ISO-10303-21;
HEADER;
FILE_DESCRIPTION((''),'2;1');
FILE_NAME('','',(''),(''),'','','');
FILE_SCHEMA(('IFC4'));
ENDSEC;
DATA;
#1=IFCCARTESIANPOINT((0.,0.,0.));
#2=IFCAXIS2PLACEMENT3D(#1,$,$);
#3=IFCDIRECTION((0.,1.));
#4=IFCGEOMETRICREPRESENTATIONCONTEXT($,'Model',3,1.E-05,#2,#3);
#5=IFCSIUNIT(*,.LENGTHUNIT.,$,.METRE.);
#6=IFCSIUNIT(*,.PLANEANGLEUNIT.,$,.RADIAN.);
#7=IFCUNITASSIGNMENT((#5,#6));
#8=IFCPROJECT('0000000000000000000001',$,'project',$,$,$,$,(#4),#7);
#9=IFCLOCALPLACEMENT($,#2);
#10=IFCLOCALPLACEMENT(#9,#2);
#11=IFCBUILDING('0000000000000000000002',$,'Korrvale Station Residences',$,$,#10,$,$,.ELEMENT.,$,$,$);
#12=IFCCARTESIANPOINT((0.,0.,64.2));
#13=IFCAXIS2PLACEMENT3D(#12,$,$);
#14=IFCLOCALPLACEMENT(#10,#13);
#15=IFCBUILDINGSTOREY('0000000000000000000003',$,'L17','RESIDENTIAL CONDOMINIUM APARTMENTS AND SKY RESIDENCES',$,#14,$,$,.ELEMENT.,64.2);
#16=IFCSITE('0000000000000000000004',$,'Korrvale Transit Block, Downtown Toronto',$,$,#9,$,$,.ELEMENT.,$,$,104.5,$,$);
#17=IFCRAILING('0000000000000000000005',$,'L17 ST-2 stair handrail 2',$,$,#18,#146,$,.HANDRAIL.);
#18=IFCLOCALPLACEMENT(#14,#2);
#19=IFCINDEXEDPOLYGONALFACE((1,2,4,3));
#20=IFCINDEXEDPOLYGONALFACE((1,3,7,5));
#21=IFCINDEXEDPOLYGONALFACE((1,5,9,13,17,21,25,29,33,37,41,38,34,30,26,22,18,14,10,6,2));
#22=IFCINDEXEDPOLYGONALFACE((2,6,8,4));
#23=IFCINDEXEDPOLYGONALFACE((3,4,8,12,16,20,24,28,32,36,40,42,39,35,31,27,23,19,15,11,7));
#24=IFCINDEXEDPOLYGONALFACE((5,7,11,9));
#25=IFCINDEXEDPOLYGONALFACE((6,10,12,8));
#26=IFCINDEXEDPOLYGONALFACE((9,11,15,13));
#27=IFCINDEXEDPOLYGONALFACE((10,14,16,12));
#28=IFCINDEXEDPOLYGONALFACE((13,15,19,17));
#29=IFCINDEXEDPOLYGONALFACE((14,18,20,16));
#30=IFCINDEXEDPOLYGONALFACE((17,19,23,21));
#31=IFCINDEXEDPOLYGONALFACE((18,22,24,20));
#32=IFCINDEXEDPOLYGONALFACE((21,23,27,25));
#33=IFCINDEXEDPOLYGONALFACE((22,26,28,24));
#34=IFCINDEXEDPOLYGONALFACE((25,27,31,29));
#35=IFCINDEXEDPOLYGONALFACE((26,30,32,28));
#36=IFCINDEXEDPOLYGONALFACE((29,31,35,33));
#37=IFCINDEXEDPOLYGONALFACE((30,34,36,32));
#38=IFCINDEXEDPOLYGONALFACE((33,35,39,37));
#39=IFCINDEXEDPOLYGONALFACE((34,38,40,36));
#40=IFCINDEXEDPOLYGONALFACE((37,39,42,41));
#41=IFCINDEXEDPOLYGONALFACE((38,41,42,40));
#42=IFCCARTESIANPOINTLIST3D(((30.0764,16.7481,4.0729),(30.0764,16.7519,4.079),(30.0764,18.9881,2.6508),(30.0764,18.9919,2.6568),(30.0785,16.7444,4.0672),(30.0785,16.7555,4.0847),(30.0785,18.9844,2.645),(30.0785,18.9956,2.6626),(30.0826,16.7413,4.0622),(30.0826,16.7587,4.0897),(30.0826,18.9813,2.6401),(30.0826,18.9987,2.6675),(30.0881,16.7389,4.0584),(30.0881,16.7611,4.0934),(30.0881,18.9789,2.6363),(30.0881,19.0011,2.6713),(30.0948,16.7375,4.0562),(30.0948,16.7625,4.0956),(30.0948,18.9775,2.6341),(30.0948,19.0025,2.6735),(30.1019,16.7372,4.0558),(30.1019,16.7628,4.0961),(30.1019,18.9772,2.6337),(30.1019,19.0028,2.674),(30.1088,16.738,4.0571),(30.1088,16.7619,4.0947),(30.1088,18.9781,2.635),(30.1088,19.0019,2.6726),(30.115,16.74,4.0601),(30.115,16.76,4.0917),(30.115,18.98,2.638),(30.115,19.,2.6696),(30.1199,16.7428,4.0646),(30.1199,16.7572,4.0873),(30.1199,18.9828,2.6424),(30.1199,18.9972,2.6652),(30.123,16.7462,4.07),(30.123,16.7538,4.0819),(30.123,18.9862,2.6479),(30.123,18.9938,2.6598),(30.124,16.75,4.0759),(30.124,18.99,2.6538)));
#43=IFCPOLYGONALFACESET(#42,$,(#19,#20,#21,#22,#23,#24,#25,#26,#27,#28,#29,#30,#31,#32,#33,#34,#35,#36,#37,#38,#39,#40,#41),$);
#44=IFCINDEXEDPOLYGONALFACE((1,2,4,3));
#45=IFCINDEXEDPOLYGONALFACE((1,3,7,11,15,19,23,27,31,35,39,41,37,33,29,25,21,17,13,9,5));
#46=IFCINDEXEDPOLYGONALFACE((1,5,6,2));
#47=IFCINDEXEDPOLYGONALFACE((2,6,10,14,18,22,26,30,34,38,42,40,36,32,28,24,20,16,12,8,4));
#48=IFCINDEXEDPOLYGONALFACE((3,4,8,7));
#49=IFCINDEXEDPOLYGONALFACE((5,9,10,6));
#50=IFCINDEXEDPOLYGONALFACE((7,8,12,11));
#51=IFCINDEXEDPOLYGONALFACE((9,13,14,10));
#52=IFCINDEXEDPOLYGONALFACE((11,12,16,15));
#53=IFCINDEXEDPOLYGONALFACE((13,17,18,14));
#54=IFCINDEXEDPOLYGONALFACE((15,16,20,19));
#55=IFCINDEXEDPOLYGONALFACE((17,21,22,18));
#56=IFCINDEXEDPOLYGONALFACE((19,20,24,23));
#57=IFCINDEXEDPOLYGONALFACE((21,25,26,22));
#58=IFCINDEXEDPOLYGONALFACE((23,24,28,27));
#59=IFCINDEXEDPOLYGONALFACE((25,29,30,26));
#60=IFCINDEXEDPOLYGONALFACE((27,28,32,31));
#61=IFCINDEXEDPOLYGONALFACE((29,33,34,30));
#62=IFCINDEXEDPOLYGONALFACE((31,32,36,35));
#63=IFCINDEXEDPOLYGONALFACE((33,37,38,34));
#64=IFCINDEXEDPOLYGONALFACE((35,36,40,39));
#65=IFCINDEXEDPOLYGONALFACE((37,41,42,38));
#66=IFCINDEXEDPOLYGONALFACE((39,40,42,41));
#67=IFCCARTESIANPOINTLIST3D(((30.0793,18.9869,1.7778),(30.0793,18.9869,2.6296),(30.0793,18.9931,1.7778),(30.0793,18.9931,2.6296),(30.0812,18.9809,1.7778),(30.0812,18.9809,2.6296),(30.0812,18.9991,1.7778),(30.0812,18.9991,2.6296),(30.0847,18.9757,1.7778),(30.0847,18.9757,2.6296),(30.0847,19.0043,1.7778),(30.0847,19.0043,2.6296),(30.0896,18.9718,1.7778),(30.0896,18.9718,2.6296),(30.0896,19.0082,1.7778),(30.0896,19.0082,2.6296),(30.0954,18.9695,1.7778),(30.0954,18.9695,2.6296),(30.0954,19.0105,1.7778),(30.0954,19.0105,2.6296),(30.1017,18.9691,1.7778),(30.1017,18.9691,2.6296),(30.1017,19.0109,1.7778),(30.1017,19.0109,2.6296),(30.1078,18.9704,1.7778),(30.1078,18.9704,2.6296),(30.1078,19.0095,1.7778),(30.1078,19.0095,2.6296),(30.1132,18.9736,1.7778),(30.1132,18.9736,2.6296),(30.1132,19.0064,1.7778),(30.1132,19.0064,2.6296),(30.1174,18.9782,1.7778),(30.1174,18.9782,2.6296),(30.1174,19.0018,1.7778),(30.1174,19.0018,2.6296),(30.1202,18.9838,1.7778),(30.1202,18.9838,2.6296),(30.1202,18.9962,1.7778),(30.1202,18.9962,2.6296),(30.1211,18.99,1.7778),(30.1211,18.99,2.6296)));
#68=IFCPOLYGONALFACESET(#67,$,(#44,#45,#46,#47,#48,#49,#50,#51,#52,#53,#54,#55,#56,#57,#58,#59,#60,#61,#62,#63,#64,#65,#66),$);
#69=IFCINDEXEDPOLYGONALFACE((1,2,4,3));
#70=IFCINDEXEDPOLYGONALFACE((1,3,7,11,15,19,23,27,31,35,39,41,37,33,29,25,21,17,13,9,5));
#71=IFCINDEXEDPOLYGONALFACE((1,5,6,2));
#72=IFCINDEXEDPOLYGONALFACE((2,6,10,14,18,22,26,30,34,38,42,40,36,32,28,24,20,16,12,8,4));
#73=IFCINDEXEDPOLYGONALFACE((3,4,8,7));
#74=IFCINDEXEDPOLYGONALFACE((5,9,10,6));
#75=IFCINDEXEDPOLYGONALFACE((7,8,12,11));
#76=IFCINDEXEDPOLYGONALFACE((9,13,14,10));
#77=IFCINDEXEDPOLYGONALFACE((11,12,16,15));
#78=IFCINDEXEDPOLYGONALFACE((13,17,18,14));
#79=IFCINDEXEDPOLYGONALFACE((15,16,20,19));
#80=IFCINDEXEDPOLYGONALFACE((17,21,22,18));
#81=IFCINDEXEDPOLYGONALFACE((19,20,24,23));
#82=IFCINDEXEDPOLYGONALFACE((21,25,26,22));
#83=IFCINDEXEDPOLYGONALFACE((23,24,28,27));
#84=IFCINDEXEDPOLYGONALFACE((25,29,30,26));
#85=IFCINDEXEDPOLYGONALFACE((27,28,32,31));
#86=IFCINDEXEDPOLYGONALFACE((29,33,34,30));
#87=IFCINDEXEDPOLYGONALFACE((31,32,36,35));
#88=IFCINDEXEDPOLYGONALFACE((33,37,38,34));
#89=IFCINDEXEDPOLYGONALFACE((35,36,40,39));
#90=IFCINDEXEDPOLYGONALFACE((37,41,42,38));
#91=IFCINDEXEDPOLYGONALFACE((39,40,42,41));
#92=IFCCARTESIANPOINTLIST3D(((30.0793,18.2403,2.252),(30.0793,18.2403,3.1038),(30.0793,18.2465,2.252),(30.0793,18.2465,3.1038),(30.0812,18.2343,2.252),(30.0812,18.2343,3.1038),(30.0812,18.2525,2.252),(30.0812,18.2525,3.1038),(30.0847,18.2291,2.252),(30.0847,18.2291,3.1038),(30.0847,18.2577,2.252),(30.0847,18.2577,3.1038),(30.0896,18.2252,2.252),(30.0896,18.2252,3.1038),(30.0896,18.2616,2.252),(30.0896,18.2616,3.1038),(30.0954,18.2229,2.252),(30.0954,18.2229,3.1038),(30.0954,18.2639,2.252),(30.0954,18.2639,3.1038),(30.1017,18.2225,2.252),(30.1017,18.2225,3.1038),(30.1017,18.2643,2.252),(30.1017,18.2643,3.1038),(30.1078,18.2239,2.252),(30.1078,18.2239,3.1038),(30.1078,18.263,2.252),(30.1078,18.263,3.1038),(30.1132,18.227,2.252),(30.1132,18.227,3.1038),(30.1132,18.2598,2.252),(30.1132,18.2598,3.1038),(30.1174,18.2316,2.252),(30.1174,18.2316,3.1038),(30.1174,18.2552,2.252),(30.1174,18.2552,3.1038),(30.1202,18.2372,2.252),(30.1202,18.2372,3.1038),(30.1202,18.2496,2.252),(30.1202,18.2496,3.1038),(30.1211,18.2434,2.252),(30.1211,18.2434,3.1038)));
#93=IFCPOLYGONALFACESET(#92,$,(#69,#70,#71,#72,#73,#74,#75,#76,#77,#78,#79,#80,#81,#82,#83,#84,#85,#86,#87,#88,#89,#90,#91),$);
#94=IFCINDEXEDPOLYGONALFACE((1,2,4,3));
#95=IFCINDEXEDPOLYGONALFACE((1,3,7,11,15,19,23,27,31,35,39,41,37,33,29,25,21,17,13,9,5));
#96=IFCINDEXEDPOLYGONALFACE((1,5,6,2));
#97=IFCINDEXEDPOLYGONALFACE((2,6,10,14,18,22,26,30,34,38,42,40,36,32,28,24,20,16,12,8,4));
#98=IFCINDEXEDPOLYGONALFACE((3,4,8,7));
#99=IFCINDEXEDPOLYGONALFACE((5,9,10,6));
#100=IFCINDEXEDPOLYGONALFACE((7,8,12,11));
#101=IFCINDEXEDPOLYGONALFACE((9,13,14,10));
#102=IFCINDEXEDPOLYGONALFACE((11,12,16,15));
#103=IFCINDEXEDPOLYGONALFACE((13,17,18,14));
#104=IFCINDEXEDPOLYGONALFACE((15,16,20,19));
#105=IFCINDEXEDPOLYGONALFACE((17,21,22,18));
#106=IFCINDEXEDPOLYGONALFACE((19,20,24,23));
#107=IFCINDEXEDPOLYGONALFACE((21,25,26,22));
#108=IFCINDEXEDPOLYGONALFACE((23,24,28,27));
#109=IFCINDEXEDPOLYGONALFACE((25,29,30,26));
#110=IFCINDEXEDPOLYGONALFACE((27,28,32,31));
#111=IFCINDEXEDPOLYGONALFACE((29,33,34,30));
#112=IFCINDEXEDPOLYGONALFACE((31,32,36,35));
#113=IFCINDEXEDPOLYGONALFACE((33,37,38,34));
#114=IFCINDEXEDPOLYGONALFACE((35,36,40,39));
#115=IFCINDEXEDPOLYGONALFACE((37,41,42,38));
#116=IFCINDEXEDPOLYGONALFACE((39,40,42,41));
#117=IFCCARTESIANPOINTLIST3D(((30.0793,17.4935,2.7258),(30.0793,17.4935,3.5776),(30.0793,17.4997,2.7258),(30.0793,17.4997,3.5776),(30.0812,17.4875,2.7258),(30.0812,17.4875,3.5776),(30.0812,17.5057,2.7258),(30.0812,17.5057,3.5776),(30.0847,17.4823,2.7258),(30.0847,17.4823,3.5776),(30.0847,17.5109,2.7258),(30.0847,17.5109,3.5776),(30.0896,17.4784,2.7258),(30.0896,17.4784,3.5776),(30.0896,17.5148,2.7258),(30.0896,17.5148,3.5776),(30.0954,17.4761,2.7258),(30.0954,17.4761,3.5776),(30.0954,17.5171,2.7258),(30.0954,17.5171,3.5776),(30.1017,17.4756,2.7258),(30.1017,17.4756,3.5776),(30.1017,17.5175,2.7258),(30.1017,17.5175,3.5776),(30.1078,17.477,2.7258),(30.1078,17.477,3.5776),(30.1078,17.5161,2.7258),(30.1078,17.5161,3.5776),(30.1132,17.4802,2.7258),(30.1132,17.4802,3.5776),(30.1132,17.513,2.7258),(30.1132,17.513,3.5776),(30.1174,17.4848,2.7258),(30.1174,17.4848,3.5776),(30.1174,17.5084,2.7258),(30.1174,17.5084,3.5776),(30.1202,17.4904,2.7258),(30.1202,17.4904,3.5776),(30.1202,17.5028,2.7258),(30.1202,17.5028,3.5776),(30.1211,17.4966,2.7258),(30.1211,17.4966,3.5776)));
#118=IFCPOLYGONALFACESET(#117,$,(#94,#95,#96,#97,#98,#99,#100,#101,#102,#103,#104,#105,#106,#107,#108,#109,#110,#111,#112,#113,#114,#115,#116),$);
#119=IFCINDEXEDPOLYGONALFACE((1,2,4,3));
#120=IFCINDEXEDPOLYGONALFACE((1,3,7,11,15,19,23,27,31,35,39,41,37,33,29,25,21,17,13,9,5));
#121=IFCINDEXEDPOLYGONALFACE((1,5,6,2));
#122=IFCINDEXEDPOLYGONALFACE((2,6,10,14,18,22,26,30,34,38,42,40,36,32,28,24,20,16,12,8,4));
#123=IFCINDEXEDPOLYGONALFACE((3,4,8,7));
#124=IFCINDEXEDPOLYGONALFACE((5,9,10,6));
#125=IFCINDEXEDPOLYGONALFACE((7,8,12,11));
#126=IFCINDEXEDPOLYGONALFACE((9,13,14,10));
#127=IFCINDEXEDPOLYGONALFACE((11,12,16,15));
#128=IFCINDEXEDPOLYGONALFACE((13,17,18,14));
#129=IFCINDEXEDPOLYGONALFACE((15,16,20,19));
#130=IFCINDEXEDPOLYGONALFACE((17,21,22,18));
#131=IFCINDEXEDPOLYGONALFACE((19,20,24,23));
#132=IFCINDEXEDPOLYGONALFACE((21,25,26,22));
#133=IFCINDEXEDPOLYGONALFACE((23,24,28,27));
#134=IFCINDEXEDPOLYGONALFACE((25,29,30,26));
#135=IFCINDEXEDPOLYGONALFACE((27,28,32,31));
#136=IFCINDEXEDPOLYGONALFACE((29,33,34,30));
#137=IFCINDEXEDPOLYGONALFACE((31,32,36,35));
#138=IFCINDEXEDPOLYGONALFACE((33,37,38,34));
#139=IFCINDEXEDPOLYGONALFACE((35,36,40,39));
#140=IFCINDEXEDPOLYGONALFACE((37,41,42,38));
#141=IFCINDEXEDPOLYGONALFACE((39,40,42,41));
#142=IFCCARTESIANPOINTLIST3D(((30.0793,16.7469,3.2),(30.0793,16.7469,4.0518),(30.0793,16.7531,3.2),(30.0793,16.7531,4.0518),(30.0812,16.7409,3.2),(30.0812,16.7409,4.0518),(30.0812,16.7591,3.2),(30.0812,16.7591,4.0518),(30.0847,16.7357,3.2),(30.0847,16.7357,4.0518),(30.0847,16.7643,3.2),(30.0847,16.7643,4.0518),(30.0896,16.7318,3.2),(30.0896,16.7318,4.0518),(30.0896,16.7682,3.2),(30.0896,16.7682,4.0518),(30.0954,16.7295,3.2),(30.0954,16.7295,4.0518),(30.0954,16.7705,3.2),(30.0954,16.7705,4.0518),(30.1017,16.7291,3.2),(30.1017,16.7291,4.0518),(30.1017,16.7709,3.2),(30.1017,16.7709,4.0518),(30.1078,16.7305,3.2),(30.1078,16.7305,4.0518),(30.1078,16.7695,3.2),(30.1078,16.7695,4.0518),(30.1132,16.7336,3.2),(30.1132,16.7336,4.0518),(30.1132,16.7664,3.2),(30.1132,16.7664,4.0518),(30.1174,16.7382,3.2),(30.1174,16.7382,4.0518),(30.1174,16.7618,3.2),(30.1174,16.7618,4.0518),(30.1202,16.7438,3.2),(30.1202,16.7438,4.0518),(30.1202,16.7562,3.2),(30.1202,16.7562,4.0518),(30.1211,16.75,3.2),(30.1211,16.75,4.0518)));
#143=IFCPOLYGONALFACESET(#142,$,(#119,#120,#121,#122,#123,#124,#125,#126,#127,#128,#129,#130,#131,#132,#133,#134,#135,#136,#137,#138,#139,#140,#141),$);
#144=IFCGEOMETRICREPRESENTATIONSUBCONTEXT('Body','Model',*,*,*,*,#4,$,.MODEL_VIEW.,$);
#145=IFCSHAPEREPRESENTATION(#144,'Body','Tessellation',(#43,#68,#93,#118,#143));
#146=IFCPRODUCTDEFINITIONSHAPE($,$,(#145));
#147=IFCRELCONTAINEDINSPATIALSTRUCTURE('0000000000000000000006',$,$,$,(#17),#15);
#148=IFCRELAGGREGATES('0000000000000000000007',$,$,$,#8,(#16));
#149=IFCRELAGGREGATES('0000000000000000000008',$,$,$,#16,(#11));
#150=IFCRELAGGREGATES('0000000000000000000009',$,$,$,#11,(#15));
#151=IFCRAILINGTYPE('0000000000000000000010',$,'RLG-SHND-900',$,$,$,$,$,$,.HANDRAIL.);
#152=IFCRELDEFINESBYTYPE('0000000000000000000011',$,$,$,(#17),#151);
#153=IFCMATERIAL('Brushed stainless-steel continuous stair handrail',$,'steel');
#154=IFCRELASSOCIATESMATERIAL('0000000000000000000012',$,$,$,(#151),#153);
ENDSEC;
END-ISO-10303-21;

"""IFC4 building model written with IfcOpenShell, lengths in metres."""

from ifc_helpers import new_model, si_unit, direction, frame, origin, origin_2d, place, context, subcontext, project, spatial, circle, extrude, material, type_object, element, save


model = new_model("IFC4")

# Units and contexts
model_context = context("Model", 3, precision=1e-05, world=origin(), true_north=direction((0.0, 1.0)))
body_context = subcontext(model_context, "Body", "Model", "MODEL_VIEW")
ifc_project = project(units=[si_unit("LENGTHUNIT", "METRE"), si_unit("PLANEANGLEUNIT", "RADIAN")], contexts=[model_context])

# Site, building, storey
site_placement = place(None, origin())
site = spatial("IfcSite", under=ifc_project, at=site_placement, Name="Korrvale Transit Block, Downtown Toronto", CompositionType="ELEMENT", RefElevation=104.5)
building_placement = place(site_placement, origin())
building = spatial("IfcBuilding", under=site, at=building_placement, Name="Korrvale Station Residences", CompositionType="ELEMENT")
storey_placement = place(building_placement, frame((0.0, 0.0, 64.2)))
storey = spatial("IfcBuildingStorey", under=building, at=storey_placement, Name="L17", Description="RESIDENTIAL CONDOMINIUM APARTMENTS AND SKY RESIDENCES", CompositionType="ELEMENT", Elevation=64.2)

# Railing
ifc_material_1 = material(Name="Brushed stainless-steel continuous stair handrail", Category="steel")
railing_type_1 = type_object("IfcRailingType", Name="RLG-SHND-900", PredefinedType="HANDRAIL", material=ifc_material_1)
railing_1_placement = place(storey_placement, frame((30.1001, 18.99, 1.7778)))
element("IfcRailing", 1, at=railing_1_placement, inside=storey, type_object=railing_type_1, Name="L17 ST-2 stair handrail 2", PredefinedType="HANDRAIL", context=body_context, shape_type="SweptSolid", body=[
    extrude(circle(Radius=0.0239, at=origin_2d()), frame((0.0, 0.0, 0.876), z_axis=(0.0, -0.844229, 0.535982), x_axis=(1.0, 0.0, 0.0)), (0.0, 0.0, 1.0), 2.6533),
    extrude(circle(Radius=0.021, at=origin_2d()), origin(), (0.0, 0.0, 1.0), 0.8518),
    extrude(circle(Radius=0.021, at=origin_2d()), frame((0.0, -0.7466, 0.4741)), (0.0, 0.0, 1.0), 0.8518),
    extrude(circle(Radius=0.021, at=origin_2d()), frame((0.0, -1.4934, 0.948)), (0.0, 0.0, 1.0), 0.8518),
    extrude(circle(Radius=0.021, at=origin_2d()), frame((0.0, -2.24, 1.4221)), (0.0, 0.0, 1.0), 0.8518),
])

save(model, "model.ifc")
